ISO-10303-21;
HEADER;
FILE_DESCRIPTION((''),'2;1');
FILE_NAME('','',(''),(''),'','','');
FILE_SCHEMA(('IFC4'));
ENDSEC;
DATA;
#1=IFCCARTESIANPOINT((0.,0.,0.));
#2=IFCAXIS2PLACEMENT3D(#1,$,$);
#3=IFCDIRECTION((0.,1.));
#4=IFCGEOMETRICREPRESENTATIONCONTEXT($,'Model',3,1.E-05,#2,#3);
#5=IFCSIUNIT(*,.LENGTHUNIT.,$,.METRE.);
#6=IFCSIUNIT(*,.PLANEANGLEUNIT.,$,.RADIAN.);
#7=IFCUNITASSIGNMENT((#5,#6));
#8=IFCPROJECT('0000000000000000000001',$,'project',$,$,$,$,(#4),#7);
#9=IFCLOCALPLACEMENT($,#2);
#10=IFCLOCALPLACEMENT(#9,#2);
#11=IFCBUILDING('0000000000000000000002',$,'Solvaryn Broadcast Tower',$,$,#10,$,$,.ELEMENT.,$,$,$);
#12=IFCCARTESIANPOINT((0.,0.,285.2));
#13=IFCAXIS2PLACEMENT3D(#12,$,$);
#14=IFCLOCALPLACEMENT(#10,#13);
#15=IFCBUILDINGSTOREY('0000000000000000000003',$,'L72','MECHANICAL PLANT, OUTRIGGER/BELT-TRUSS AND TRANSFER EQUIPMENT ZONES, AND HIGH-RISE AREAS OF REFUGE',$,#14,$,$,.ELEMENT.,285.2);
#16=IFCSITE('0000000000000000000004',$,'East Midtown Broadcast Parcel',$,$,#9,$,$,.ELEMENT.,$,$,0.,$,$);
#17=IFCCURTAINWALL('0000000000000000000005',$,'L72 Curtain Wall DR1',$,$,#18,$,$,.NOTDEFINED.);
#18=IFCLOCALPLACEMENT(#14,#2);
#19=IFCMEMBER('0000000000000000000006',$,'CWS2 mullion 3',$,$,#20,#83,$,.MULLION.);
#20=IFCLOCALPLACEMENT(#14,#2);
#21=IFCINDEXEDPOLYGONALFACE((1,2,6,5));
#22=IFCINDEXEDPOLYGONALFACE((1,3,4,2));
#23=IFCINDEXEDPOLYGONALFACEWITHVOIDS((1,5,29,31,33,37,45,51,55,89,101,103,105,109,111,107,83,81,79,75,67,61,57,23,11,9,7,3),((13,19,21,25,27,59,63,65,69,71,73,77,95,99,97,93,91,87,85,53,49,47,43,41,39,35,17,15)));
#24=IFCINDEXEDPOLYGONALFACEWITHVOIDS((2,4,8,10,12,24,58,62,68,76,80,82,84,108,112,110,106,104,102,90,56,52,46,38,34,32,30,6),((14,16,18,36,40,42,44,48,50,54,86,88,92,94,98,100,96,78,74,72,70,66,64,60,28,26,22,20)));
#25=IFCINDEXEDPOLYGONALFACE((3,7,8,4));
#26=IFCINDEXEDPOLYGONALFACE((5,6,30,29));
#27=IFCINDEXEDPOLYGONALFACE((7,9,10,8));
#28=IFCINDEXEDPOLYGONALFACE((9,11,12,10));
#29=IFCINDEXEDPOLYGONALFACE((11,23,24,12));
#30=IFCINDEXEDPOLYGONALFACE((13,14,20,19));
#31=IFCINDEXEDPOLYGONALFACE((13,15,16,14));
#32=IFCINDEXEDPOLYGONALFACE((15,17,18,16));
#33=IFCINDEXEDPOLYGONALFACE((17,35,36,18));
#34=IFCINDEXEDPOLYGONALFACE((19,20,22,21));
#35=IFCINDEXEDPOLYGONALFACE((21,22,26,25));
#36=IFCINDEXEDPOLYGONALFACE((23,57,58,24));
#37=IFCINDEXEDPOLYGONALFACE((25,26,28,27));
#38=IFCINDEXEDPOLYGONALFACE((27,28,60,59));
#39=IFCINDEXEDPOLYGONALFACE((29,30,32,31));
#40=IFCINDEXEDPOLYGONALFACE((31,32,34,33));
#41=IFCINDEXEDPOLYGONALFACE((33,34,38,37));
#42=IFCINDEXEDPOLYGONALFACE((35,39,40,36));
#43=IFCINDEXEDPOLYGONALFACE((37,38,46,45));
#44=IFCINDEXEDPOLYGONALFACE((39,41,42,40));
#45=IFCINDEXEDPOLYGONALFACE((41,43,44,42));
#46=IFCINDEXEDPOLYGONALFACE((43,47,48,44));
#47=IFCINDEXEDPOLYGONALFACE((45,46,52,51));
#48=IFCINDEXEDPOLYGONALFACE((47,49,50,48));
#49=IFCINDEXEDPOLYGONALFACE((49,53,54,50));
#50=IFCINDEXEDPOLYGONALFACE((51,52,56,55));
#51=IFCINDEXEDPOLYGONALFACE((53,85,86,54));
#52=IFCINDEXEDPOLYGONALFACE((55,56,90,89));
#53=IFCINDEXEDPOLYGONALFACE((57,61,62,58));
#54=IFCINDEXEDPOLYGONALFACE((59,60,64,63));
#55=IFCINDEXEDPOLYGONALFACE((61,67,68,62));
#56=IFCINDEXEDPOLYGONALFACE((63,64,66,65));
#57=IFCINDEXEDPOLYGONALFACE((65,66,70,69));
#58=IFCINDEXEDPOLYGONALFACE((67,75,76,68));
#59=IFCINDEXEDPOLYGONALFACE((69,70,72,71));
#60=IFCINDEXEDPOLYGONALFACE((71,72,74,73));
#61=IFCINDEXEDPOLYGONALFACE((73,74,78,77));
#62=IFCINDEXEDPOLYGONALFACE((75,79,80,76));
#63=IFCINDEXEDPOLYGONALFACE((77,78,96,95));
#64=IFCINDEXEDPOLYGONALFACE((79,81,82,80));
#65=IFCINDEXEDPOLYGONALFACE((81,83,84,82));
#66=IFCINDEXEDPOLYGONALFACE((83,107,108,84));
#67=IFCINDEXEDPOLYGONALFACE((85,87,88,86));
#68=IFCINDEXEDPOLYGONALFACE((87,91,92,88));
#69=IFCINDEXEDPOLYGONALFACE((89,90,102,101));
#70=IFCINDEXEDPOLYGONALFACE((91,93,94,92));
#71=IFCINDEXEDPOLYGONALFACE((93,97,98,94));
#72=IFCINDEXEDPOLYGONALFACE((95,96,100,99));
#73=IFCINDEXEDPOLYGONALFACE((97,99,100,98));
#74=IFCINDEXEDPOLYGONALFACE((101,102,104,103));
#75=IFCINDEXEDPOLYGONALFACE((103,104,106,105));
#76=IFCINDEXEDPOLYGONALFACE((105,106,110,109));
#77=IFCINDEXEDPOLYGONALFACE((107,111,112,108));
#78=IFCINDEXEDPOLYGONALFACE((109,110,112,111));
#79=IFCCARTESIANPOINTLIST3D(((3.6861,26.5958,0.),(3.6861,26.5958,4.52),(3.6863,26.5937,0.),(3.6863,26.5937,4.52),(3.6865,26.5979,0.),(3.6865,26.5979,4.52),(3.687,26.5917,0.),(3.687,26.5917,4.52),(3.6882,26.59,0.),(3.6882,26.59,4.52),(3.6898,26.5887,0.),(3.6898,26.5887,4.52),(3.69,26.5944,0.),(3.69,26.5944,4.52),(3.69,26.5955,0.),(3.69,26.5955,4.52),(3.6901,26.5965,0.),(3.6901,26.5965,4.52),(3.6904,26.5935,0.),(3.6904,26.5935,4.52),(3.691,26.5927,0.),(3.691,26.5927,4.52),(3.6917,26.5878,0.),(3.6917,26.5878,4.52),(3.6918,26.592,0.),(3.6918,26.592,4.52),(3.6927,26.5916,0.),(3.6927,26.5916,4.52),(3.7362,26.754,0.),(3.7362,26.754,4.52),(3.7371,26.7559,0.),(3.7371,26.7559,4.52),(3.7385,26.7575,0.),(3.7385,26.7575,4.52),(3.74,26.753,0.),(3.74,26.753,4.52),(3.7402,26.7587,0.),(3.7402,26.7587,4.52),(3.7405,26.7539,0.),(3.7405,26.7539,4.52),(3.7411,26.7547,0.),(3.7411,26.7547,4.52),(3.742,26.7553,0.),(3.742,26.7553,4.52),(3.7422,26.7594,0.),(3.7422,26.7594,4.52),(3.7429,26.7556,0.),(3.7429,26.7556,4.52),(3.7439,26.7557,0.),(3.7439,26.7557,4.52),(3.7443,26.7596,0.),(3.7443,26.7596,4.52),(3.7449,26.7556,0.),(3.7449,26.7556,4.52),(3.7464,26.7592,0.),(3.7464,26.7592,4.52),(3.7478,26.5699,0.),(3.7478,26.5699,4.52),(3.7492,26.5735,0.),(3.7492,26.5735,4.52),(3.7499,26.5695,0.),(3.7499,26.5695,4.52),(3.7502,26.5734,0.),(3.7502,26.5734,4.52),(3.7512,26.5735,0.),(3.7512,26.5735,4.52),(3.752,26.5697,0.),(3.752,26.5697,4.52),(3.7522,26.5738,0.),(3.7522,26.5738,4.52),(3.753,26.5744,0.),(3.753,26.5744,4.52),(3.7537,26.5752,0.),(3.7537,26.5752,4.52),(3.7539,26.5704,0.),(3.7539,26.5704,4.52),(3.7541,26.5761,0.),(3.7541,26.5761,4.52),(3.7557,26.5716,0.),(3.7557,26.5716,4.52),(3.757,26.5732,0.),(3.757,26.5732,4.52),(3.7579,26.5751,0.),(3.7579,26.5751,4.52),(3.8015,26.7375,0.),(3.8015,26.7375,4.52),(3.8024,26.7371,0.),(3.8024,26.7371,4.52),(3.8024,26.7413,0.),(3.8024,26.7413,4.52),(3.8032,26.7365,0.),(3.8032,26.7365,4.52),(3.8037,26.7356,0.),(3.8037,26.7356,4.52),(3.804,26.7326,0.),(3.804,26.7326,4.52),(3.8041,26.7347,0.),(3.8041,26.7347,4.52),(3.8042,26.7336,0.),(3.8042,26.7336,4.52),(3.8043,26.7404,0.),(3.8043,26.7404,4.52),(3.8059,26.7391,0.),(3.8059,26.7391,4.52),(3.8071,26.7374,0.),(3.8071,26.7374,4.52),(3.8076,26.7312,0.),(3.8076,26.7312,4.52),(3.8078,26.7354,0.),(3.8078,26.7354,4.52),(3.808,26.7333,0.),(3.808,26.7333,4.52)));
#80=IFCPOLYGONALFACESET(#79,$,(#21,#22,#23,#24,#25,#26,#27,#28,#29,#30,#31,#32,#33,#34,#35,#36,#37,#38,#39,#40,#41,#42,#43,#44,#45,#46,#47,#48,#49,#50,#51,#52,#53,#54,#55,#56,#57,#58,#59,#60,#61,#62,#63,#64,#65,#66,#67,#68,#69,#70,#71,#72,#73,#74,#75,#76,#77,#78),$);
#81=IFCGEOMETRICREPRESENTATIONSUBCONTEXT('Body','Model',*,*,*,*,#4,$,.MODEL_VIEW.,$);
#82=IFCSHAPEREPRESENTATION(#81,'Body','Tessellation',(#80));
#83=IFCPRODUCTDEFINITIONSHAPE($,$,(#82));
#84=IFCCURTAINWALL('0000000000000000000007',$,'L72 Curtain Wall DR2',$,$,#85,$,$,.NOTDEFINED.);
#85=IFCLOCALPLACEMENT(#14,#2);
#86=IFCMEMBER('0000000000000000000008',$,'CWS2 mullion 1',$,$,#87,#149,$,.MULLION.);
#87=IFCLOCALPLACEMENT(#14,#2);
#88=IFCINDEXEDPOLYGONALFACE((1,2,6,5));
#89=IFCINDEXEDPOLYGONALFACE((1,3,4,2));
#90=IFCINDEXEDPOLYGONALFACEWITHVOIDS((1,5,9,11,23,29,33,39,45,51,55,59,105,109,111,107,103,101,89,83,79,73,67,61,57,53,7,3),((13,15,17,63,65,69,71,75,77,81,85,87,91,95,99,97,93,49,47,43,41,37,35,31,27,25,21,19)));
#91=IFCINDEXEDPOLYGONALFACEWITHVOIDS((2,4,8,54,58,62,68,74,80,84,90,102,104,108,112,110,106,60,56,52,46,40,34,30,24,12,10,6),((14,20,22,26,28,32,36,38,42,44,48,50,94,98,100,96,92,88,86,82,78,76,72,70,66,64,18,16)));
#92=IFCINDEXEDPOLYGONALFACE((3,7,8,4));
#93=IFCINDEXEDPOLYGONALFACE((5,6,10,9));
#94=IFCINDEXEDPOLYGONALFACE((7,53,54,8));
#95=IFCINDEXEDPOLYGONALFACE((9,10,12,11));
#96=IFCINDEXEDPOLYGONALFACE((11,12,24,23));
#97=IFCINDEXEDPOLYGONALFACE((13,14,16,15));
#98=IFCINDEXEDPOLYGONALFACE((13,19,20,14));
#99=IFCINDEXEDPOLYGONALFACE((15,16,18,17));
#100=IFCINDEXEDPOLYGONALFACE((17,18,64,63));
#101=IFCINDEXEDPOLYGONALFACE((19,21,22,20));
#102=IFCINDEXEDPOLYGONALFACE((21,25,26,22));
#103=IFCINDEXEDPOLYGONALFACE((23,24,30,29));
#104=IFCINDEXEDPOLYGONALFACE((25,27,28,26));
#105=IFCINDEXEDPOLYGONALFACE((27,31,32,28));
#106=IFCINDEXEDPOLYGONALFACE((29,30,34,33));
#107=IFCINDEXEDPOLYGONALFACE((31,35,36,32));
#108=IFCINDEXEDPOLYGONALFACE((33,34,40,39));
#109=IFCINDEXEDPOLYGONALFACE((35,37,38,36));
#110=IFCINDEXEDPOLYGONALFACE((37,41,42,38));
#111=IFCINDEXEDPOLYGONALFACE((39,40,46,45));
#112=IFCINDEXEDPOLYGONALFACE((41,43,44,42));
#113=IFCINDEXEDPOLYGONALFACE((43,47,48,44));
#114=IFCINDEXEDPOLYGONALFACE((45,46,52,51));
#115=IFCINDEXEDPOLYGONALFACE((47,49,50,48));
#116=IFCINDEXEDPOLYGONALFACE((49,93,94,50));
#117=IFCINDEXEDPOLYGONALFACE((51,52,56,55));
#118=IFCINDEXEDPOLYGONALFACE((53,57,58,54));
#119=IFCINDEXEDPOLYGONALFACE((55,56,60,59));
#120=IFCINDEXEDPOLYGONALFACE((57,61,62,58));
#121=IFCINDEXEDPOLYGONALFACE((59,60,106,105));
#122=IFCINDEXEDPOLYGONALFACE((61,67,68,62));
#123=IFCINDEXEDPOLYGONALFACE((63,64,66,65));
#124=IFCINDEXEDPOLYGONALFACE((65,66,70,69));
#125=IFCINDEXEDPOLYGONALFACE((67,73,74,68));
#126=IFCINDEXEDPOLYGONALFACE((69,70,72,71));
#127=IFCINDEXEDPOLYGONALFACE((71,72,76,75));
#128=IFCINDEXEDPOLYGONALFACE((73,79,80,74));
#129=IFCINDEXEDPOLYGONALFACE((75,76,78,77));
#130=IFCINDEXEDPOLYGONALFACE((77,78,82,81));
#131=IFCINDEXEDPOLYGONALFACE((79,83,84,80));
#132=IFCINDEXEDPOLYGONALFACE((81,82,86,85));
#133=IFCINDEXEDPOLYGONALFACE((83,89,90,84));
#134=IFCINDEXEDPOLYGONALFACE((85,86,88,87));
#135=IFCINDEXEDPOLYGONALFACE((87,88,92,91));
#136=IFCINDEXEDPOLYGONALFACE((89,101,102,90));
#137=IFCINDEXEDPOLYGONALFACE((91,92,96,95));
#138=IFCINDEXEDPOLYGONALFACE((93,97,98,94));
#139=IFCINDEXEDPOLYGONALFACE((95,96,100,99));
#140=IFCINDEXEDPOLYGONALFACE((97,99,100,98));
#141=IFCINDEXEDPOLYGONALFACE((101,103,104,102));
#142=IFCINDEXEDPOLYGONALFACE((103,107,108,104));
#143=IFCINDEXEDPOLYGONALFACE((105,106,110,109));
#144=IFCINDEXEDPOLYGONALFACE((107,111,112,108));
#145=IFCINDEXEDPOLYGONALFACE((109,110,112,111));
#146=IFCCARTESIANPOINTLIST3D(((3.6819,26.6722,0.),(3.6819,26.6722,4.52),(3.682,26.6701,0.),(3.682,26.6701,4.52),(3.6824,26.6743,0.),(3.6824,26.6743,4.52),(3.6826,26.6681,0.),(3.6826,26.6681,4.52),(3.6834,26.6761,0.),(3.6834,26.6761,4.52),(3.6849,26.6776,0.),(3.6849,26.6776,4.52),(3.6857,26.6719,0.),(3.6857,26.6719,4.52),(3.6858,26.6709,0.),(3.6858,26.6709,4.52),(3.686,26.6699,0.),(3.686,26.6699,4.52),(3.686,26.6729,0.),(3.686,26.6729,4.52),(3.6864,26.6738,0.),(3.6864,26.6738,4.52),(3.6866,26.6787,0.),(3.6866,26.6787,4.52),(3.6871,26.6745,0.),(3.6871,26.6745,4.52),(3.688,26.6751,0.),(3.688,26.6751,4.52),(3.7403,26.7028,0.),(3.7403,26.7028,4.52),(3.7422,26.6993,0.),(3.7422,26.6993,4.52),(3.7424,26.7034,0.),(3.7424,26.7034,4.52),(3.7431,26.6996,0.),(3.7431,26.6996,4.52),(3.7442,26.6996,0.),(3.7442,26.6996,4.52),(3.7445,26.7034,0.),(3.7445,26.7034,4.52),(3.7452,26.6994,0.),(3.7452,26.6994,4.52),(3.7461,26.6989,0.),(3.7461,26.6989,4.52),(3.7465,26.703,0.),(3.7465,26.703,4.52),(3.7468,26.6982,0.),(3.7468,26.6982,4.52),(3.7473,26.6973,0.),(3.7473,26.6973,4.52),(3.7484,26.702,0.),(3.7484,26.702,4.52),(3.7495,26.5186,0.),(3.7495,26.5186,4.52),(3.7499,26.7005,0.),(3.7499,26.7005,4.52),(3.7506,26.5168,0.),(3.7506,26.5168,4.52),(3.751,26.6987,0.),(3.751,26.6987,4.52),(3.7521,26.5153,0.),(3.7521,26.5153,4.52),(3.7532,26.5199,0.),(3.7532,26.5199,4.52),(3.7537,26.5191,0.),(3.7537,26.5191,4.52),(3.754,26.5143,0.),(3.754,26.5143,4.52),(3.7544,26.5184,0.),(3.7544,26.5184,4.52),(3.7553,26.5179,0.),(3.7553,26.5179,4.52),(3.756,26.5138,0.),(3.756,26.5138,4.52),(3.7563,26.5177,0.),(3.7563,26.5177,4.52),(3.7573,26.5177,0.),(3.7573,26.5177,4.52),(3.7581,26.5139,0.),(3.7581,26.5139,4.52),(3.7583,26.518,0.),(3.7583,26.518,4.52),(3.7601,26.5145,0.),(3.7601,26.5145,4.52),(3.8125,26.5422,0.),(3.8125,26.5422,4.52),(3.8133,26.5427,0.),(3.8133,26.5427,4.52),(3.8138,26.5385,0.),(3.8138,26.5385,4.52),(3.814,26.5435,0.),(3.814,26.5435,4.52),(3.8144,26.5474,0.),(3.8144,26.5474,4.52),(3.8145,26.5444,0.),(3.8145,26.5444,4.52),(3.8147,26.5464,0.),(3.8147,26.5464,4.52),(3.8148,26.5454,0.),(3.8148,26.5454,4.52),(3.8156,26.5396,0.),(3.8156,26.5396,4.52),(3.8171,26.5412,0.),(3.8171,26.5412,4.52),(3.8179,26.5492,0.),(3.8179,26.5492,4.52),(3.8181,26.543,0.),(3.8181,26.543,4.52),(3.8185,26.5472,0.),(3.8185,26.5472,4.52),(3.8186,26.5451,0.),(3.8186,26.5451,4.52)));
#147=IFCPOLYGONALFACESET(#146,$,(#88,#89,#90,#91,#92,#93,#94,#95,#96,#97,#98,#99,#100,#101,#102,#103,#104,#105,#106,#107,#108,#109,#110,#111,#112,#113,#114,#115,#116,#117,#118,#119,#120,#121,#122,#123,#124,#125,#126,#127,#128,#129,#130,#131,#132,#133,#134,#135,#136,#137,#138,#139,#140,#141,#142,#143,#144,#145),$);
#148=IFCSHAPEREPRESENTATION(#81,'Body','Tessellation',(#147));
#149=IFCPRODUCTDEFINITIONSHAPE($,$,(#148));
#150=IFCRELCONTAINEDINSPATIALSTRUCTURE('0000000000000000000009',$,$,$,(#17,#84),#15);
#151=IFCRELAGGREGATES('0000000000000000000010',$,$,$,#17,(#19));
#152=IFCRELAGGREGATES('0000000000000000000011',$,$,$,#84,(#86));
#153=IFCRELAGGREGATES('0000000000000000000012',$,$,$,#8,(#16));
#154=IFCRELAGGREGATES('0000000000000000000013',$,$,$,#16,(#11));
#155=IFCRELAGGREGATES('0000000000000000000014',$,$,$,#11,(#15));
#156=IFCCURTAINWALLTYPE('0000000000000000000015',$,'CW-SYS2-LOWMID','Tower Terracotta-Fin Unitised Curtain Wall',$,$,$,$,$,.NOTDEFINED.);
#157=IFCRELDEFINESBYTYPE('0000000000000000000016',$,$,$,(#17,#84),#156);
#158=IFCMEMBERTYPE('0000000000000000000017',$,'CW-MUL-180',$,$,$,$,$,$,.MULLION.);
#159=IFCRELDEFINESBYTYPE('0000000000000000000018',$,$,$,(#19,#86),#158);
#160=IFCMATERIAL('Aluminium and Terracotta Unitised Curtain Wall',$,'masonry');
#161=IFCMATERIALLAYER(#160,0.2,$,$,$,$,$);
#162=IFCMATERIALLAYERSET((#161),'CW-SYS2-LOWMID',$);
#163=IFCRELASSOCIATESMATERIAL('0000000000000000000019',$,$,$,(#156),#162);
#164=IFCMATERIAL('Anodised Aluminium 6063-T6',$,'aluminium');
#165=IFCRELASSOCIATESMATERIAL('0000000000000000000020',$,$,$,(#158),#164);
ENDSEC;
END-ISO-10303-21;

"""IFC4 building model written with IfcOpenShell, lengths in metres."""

from ifc_helpers import new_model, si_unit, direction, frame, origin, origin_2d, place, context, subcontext, project, spatial, hollow_rectangle, extrude, material, layer, layer_set, material_profile, profile_set, type_object, element, aggregate, save


model = new_model("IFC4")

# Units and contexts
model_context = context("Model", 3, precision=1e-05, world=origin(), true_north=direction((0.0, 1.0)))
body_context = subcontext(model_context, "Body", "Model", "MODEL_VIEW")
ifc_project = project(units=[si_unit("LENGTHUNIT", "METRE"), si_unit("PLANEANGLEUNIT", "RADIAN")], contexts=[model_context])

# Site, building, storey
site_placement = place(None, origin())
site = spatial("IfcSite", under=ifc_project, at=site_placement, Name="East Midtown Broadcast Parcel", CompositionType="ELEMENT", RefElevation=0.0)
building_placement = place(site_placement, origin())
building = spatial("IfcBuilding", under=site, at=building_placement, Name="Solvaryn Broadcast Tower", CompositionType="ELEMENT")
storey_placement = place(building_placement, frame((0.0, 0.0, 285.2)))
storey = spatial("IfcBuildingStorey", under=building, at=storey_placement, Name="L72", Description="MECHANICAL PLANT, OUTRIGGER/BELT-TRUSS AND TRANSFER EQUIPMENT ZONES, AND HIGH-RISE AREAS OF REFUGE", CompositionType="ELEMENT", Elevation=285.2)

# Curtain wall, member
ifc_material_1 = material(Name="Aluminium and Terracotta Unitised Curtain Wall", Category="masonry")
ifc_layer_1 = layer(ifc_material_1, 0.2)
ifc_layer_set_1 = layer_set([ifc_layer_1], Name="CW-SYS2-LOWMID")
curtain_wall_type = type_object("IfcCurtainWallType", Name="CW-SYS2-LOWMID", Description="Tower Terracotta-Fin Unitised Curtain Wall", PredefinedType="NOTDEFINED", material=ifc_layer_set_1)
curtain_wall_1_placement = place(storey_placement, origin())
curtain_wall_1 = element("IfcCurtainWall", 1, at=curtain_wall_1_placement, inside=storey, type_object=curtain_wall_type, Name="L72 Curtain Wall DR1", PredefinedType="NOTDEFINED")
ifc_material_2 = material(Name="Anodised Aluminium 6063-T6", Category="aluminium")
ifc_material_profile_1 = material_profile(ifc_material_2, hollow_rectangle(XDim=0.075, YDim=0.1799, WallThickness=0.0039, InnerFilletRadius=0.0039, OuterFilletRadius=0.0081, at=origin_2d()))
ifc_profile_set_1 = profile_set([ifc_material_profile_1], Name="Anodised Aluminium 6063-T6")
member_type_1 = type_object("IfcMemberType", Name="CW-MUL-180", PredefinedType="MULLION", material=ifc_profile_set_1)
member_1_placement = place(storey_placement, frame((3.7471, 26.6646, 0.0), z_axis=(0.0, 0.0, 1.0), x_axis=(0.952795, -0.303616, 0.0)))
member_1 = element("IfcMember", 2, at=member_1_placement, type_object=member_type_1, Name="CWS2 mullion 3", PredefinedType="MULLION", context=body_context, shape_type="SweptSolid", body=[
    extrude(hollow_rectangle(XDim=0.075, YDim=0.1799, WallThickness=0.0039, InnerFilletRadius=0.0039, OuterFilletRadius=0.0081, at=origin_2d()), origin(), (0.0, 0.0, 1.0), 4.52),
])

# Curtain wall, member
curtain_wall_2_placement = place(storey_placement, origin())
curtain_wall_2 = element("IfcCurtainWall", 3, at=curtain_wall_2_placement, inside=storey, type_object=curtain_wall_type, Name="L72 Curtain Wall DR2", PredefinedType="NOTDEFINED")
member_2_placement = place(storey_placement, frame((3.7502, 26.6086, 0.0), z_axis=(0.0, 0.0, 1.0), x_axis=(0.912774, 0.408466, 0.0)))
member_2 = element("IfcMember", 4, at=member_2_placement, type_object=member_type_1, Name="CWS2 mullion 1", PredefinedType="MULLION", context=body_context, shape_type="SweptSolid", body=[
    extrude(hollow_rectangle(XDim=0.075, YDim=0.1799, WallThickness=0.0039, InnerFilletRadius=0.0039, OuterFilletRadius=0.0081, at=origin_2d()), origin(), (0.0, 0.0, 1.0), 4.52),
])

aggregate(curtain_wall_1, [member_1])
aggregate(curtain_wall_2, [member_2])

save(model, "model.ifc")
